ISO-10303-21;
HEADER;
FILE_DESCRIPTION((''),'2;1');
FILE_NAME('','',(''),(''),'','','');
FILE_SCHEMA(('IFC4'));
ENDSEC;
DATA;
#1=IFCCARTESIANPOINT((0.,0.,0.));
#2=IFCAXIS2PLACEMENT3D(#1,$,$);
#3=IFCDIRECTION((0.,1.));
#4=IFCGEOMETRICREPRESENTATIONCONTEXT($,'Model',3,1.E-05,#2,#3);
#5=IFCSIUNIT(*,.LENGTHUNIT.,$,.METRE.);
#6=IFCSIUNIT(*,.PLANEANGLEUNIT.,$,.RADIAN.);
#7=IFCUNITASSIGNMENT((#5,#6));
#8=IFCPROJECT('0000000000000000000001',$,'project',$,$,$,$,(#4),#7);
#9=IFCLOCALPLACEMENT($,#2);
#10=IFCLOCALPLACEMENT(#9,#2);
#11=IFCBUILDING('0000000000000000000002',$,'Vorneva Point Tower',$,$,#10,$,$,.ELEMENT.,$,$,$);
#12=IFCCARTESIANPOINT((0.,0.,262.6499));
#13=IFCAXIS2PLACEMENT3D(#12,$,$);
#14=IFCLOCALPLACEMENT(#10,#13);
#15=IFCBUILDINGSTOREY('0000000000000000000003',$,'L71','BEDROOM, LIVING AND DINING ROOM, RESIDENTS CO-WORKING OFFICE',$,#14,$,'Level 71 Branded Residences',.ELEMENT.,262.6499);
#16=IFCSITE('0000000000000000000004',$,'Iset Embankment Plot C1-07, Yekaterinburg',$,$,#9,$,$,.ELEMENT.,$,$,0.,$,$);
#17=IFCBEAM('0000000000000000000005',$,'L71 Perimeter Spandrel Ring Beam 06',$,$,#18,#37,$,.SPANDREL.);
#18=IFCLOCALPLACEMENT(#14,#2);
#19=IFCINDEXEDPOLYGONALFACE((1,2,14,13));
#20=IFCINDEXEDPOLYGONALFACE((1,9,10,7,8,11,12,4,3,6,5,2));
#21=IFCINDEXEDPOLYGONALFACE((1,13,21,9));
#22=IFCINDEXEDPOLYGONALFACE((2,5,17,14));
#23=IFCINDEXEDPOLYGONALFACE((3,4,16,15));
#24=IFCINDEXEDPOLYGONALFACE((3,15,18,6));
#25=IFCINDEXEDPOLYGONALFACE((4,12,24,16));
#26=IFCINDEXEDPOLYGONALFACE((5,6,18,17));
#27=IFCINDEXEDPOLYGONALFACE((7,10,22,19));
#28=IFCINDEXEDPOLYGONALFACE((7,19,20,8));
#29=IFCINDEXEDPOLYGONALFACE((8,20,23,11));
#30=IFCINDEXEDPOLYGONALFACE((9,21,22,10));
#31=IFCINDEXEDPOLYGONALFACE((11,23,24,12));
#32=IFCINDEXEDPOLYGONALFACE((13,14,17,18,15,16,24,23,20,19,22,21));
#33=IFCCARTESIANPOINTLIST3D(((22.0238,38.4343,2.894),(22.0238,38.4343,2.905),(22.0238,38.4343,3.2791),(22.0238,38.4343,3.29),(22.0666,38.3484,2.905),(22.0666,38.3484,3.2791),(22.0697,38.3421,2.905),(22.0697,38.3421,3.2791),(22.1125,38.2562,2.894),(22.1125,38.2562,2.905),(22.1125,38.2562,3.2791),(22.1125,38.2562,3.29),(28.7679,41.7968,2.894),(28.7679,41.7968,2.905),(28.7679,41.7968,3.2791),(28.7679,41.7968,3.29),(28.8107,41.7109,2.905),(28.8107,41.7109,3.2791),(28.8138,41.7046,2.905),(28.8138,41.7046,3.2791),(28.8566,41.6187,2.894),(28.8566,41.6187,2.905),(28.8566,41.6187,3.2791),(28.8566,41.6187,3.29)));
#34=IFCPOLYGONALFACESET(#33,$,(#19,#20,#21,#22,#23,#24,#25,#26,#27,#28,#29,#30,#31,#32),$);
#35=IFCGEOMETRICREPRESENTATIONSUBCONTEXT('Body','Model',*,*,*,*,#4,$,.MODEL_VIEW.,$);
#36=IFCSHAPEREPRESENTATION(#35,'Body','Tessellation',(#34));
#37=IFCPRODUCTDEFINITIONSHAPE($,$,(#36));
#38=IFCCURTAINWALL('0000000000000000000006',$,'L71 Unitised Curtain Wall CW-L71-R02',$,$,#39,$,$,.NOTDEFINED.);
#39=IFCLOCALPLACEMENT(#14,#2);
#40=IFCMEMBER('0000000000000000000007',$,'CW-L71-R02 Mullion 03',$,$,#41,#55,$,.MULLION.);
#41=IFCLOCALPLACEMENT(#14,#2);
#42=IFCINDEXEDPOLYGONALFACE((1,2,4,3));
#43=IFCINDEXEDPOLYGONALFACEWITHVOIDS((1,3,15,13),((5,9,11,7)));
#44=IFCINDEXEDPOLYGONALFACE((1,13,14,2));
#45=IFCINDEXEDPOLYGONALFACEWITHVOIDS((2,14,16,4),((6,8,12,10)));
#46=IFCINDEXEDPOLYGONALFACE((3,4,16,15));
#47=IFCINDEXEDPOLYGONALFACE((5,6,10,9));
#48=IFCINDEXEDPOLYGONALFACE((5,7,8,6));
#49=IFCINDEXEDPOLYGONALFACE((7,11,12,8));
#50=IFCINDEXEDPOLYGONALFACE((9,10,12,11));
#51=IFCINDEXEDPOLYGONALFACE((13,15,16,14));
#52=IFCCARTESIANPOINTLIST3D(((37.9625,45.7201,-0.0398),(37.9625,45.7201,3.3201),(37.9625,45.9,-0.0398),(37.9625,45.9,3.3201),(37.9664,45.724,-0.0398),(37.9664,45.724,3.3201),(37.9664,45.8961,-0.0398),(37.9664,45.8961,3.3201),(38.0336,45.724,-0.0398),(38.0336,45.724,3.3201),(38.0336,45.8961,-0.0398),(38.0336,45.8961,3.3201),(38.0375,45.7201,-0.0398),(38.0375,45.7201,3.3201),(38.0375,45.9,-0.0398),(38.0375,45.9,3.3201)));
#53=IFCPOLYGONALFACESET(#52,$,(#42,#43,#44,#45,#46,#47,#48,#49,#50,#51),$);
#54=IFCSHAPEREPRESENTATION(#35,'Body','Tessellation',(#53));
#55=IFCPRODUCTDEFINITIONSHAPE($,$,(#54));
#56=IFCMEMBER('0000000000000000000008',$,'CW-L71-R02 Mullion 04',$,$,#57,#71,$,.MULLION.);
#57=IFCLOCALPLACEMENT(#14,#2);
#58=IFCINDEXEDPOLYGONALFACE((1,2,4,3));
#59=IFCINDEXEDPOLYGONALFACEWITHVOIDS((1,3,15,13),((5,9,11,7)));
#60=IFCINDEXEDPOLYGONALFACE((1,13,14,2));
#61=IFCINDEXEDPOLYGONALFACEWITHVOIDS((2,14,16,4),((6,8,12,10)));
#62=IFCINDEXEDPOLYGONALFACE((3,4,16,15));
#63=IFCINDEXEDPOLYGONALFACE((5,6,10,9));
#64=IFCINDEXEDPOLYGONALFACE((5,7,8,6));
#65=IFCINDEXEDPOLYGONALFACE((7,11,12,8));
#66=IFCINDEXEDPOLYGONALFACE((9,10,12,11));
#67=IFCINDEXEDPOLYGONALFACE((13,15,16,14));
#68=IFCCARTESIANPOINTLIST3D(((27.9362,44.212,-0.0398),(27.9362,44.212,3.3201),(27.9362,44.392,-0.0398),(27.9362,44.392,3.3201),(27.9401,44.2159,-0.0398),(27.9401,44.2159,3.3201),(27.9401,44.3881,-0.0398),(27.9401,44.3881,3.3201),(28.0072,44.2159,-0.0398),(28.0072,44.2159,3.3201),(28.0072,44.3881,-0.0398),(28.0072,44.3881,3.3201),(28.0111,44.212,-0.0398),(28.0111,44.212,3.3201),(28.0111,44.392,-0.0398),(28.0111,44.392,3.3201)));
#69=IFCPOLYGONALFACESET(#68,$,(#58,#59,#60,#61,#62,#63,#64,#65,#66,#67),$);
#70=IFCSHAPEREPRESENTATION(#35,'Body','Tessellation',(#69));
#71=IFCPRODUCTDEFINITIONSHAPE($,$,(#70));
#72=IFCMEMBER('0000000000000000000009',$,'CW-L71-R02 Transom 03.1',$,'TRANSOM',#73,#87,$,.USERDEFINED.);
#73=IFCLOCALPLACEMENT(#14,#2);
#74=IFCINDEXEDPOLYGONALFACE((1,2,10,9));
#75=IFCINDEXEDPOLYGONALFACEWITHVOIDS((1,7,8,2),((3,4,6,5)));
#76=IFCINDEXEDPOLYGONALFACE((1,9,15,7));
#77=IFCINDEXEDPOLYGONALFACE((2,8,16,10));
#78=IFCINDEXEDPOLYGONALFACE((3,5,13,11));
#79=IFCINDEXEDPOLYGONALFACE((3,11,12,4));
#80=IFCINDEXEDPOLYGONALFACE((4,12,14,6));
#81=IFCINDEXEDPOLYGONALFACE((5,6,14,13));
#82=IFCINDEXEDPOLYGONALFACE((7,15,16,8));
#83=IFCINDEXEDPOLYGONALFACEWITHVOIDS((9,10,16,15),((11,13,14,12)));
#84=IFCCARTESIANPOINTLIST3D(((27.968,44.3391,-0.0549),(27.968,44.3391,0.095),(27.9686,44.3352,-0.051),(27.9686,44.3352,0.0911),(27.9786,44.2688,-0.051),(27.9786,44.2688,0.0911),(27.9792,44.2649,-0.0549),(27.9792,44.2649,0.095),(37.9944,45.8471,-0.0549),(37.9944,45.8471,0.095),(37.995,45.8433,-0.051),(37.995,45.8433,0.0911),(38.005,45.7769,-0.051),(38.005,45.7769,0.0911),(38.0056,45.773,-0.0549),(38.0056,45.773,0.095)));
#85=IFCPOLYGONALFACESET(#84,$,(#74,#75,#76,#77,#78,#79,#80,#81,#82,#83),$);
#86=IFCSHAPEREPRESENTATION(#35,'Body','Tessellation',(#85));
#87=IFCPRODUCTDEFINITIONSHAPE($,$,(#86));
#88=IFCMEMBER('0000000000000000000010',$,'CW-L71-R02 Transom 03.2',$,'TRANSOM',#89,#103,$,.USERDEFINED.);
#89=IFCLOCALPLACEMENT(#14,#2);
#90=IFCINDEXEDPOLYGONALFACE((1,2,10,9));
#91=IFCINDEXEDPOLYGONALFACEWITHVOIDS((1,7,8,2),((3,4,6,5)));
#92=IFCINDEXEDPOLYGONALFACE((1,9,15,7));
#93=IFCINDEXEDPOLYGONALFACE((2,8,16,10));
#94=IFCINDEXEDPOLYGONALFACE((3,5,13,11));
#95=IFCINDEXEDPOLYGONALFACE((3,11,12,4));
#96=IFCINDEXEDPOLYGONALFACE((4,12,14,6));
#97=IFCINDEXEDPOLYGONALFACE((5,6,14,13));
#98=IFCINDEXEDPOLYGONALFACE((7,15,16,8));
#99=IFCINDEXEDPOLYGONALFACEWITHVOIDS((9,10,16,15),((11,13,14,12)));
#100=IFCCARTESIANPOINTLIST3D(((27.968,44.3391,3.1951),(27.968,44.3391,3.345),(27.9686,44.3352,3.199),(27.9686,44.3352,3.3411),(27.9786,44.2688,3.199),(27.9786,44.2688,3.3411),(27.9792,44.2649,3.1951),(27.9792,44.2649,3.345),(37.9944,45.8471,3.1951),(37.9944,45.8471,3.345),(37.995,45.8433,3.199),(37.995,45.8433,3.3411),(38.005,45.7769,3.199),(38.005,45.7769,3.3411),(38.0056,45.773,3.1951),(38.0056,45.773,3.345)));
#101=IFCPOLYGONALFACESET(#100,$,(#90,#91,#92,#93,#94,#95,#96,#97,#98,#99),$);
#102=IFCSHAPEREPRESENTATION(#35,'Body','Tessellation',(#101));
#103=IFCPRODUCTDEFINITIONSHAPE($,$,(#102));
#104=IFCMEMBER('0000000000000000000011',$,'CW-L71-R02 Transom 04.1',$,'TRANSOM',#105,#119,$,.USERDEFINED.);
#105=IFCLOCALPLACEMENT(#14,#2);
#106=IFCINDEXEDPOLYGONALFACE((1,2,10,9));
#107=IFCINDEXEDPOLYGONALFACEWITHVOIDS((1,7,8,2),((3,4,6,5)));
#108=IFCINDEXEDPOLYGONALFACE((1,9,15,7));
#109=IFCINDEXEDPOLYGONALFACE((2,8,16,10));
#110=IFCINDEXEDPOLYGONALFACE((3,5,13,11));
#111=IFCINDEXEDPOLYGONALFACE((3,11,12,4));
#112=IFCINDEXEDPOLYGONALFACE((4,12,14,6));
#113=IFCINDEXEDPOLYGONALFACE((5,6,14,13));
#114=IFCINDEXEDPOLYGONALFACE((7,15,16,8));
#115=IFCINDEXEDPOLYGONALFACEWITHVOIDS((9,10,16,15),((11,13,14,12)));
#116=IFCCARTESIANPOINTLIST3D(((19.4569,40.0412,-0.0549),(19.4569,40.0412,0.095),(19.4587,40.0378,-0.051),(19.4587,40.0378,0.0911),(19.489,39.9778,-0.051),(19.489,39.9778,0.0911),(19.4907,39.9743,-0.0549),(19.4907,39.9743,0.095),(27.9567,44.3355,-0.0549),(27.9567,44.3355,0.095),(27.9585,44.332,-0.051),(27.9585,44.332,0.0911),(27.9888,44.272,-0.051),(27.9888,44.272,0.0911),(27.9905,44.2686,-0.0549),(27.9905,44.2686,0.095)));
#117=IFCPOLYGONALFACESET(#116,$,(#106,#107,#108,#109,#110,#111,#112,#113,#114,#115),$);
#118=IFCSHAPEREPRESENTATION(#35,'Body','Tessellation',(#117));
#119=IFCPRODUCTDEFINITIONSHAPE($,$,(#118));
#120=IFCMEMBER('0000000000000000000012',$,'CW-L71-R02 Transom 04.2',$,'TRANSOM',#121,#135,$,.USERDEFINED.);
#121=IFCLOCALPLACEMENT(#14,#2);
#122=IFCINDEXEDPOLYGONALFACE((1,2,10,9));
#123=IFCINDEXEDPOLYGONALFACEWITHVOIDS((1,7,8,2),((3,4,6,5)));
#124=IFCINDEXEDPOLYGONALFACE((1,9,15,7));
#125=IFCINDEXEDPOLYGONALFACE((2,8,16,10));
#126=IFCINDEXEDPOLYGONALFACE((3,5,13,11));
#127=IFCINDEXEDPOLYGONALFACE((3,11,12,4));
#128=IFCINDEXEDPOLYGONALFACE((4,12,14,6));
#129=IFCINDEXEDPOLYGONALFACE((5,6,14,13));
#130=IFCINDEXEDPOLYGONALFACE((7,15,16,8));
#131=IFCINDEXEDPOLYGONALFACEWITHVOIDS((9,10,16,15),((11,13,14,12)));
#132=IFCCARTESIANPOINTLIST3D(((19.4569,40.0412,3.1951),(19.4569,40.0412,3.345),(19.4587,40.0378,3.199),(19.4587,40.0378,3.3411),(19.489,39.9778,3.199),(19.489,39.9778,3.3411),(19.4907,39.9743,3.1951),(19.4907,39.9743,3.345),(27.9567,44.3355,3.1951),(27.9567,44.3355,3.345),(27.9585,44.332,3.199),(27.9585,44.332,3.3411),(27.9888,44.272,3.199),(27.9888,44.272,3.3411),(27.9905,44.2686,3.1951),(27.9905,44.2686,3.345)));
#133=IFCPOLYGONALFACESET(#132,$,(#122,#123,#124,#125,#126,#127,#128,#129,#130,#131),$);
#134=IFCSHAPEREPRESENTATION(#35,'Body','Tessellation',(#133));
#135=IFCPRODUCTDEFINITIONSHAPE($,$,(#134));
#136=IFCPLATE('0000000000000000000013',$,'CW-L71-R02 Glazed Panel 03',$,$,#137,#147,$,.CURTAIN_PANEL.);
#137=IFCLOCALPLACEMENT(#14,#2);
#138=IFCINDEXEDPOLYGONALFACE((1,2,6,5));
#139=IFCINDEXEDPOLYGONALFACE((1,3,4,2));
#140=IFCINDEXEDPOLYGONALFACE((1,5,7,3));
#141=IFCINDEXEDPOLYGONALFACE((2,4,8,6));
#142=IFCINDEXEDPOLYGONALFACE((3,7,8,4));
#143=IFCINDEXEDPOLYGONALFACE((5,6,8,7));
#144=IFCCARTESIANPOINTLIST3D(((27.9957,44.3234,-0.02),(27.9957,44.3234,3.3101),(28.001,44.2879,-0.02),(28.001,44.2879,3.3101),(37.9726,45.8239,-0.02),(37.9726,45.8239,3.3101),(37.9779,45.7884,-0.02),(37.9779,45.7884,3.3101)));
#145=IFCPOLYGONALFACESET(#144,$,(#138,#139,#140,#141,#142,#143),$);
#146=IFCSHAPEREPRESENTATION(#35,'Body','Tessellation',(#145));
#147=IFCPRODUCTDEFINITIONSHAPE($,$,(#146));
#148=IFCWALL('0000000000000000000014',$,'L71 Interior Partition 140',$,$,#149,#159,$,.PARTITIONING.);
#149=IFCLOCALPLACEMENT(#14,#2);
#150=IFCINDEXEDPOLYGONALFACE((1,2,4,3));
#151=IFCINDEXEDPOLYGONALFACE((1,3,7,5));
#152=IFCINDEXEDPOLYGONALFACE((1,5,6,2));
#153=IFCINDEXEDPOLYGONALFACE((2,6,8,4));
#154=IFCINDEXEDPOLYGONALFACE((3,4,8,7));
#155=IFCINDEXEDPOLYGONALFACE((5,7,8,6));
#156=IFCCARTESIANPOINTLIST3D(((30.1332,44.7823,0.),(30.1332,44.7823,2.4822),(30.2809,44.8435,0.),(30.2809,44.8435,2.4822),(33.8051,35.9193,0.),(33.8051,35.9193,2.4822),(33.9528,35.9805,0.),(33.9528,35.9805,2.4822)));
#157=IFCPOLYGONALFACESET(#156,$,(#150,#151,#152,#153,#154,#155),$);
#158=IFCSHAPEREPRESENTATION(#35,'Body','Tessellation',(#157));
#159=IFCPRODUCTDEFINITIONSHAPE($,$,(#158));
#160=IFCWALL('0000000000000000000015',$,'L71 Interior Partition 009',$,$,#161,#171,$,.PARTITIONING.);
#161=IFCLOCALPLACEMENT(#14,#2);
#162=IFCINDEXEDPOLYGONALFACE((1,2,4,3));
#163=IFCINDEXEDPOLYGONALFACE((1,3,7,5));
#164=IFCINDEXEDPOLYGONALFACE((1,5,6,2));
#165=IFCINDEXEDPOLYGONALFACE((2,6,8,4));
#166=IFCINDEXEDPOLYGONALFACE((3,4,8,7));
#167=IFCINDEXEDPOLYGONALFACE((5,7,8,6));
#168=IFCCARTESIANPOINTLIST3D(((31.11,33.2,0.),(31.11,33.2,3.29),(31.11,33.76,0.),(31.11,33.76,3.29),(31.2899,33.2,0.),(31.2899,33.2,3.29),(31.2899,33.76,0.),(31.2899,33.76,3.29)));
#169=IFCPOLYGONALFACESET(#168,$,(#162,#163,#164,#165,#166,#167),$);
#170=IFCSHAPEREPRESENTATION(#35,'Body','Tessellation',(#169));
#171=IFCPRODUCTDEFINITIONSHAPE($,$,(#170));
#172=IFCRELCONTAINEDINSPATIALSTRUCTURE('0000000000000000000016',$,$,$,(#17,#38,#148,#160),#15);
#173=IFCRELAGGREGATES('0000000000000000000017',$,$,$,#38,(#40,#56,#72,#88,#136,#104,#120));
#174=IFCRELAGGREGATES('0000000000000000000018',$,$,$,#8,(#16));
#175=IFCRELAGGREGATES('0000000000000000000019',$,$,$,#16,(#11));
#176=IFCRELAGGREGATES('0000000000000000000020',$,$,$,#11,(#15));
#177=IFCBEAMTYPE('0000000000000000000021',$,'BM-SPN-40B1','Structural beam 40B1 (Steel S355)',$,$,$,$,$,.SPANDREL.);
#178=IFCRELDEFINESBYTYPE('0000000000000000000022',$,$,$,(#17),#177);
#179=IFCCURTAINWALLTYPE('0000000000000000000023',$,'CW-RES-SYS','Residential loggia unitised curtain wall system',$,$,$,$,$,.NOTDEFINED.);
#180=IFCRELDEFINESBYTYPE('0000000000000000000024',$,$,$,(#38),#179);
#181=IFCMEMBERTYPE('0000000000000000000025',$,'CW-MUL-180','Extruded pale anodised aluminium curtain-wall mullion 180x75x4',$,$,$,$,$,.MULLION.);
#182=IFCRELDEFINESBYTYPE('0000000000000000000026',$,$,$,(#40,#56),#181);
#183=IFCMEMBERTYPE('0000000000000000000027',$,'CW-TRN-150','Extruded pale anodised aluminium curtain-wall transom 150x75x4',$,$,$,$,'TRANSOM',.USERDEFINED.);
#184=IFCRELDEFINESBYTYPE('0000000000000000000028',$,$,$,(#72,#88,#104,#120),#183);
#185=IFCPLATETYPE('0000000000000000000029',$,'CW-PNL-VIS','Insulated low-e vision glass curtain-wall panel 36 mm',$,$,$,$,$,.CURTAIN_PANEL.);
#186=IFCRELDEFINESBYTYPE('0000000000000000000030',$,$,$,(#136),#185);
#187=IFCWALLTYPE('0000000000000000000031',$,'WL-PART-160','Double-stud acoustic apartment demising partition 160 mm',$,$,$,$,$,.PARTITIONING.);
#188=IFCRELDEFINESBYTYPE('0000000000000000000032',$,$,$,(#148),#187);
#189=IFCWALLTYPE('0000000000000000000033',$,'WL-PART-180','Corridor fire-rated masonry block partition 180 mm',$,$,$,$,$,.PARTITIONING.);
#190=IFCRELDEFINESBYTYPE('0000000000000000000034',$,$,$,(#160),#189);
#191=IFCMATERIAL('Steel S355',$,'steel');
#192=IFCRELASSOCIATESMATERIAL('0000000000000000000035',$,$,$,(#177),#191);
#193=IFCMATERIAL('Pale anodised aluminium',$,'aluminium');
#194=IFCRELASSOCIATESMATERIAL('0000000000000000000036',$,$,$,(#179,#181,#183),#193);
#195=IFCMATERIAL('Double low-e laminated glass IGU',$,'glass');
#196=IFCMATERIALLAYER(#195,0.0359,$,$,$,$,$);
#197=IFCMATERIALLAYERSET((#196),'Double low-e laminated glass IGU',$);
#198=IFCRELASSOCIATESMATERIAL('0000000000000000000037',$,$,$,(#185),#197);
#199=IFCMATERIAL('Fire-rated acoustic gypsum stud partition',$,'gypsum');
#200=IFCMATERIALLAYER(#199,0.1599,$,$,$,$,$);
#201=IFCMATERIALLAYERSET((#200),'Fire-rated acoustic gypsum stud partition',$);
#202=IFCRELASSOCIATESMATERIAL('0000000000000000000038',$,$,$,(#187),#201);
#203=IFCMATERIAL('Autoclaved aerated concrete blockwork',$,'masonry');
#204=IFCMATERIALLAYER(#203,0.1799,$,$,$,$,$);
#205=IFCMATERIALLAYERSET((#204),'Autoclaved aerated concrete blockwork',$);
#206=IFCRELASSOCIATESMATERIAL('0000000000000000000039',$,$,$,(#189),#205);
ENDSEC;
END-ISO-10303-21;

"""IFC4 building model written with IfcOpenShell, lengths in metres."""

from ifc_helpers import new_model, si_unit, direction, frame, frame_2d, origin, origin_2d, place, context, subcontext, project, spatial, rectangle, hollow_rectangle, i_section, extrude, material, layer, layer_set, material_profile, profile_set, type_object, element, aggregate, save


model = new_model("IFC4")

# Units and contexts
model_context = context("Model", 3, precision=1e-05, world=origin(), true_north=direction((0.0, 1.0)))
body_context = subcontext(model_context, "Body", "Model", "MODEL_VIEW")
ifc_project = project(units=[si_unit("LENGTHUNIT", "METRE"), si_unit("PLANEANGLEUNIT", "RADIAN")], contexts=[model_context])

# Site, building, storey
site_placement = place(None, origin())
site = spatial("IfcSite", under=ifc_project, at=site_placement, Name="Iset Embankment Plot C1-07, Yekaterinburg", CompositionType="ELEMENT", RefElevation=0.0)
building_placement = place(site_placement, origin())
building = spatial("IfcBuilding", under=site, at=building_placement, Name="Vorneva Point Tower", CompositionType="ELEMENT")
storey_placement = place(building_placement, frame((0.0, 0.0, 262.6499)))
storey = spatial("IfcBuildingStorey", under=building, at=storey_placement, Name="L71", Description="BEDROOM, LIVING AND DINING ROOM, RESIDENTS CO-WORKING OFFICE", LongName="Level 71 Branded Residences", CompositionType="ELEMENT", Elevation=262.6499)

# Beam
ifc_material_1 = material(Name="Steel S355", Category="steel")
ifc_material_profile_1 = material_profile(ifc_material_1, i_section(OverallWidth=0.199, OverallDepth=0.396, WebThickness=0.0071, FlangeThickness=0.011, at=origin_2d()), Name="40B1")
ifc_profile_set_1 = profile_set([ifc_material_profile_1], Name="Steel S355")
beam_type_1 = type_object("IfcBeamType", Name="BM-SPN-40B1", Description="Structural beam 40B1 (Steel S355)", PredefinedType="SPANDREL", material=ifc_profile_set_1)
beam_1_placement = place(storey_placement, frame((28.8123, 41.7078, 3.092), z_axis=(-0.894932, -0.446203, 0.0), x_axis=(0.446203, -0.894932, 0.0)))
element("IfcBeam", 1, at=beam_1_placement, inside=storey, type_object=beam_type_1, Name="L71 Perimeter Spandrel Ring Beam 06", PredefinedType="SPANDREL", context=body_context, shape_type="SweptSolid", body=[
    extrude(i_section(OverallWidth=0.199, OverallDepth=0.396, WebThickness=0.0071, FlangeThickness=0.011, at=origin_2d()), origin(), (0.0, 0.0, 1.0), 7.5359),
])

# Curtain wall, members, plate
ifc_material_2 = material(Name="Pale anodised aluminium", Category="aluminium")
curtain_wall_type = type_object("IfcCurtainWallType", Name="CW-RES-SYS", Description="Residential loggia unitised curtain wall system", PredefinedType="NOTDEFINED", material=ifc_material_2)
curtain_wall_placement = place(storey_placement, origin())
curtain_wall = element("IfcCurtainWall", 2, at=curtain_wall_placement, inside=storey, type_object=curtain_wall_type, Name="L71 Unitised Curtain Wall CW-L71-R02", PredefinedType="NOTDEFINED")
ifc_material_profile_2 = material_profile(ifc_material_2, hollow_rectangle(XDim=0.075, YDim=0.1799, WallThickness=0.0039, at=origin_2d()), Name="AL-MUL 180x75x4")
ifc_profile_set_2 = profile_set([ifc_material_profile_2], Name="Pale anodised aluminium")
member_type_1 = type_object("IfcMemberType", Name="CW-MUL-180", Description="Extruded pale anodised aluminium curtain-wall mullion 180x75x4", PredefinedType="MULLION", material=ifc_profile_set_2)
member_1_placement = place(storey_placement, frame((38.0, 45.8101, -0.0398), z_axis=(0.0, 0.0, 1.0), x_axis=(1.0, 0.0, 0.0)))
member_1 = element("IfcMember", 3, at=member_1_placement, type_object=member_type_1, Name="CW-L71-R02 Mullion 03", PredefinedType="MULLION", context=body_context, shape_type="SweptSolid", body=[
    extrude(hollow_rectangle(XDim=0.075, YDim=0.1799, WallThickness=0.0039, at=origin_2d()), origin(), (0.0, 0.0, 1.0), 3.3599),
])
member_2_placement = place(storey_placement, frame((27.9736, 44.302, -0.0398), z_axis=(0.0, 0.0, 1.0), x_axis=(1.0, 0.0, 0.0)))
member_2 = element("IfcMember", 4, at=member_2_placement, type_object=member_type_1, Name="CW-L71-R02 Mullion 04", PredefinedType="MULLION", context=body_context, shape_type="SweptSolid", body=[
    extrude(hollow_rectangle(XDim=0.075, YDim=0.1799, WallThickness=0.0039, at=origin_2d()), origin(), (0.0, 0.0, 1.0), 3.3599),
])
ifc_material_profile_3 = material_profile(ifc_material_2, hollow_rectangle(XDim=0.075, YDim=0.1499, WallThickness=0.0039, at=origin_2d()), Name="AL-TRN 150x75x4")
ifc_profile_set_3 = profile_set([ifc_material_profile_3], Name="Pale anodised aluminium")
member_type_2 = type_object("IfcMemberType", Name="CW-TRN-150", Description="Extruded pale anodised aluminium curtain-wall transom 150x75x4", ElementType="TRANSOM", PredefinedType="USERDEFINED", material=ifc_profile_set_3)
member_3_placement = place(storey_placement, frame((38.0, 45.8101, 0.02), z_axis=(-0.988877, -0.148736, 0.0), x_axis=(0.148736, -0.988877, 0.0)))
member_3 = element("IfcMember", 5, at=member_3_placement, type_object=member_type_2, Name="CW-L71-R02 Transom 03.1", ObjectType="TRANSOM", PredefinedType="USERDEFINED", context=body_context, shape_type="SweptSolid", body=[
    extrude(hollow_rectangle(XDim=0.075, YDim=0.1499, WallThickness=0.0039, at=origin_2d()), origin(), (0.0, 0.0, 1.0), 10.1392),
])
member_4_placement = place(storey_placement, frame((38.0, 45.8101, 3.27), z_axis=(-0.988877, -0.148736, 0.0), x_axis=(0.148736, -0.988877, 0.0)))
member_4 = element("IfcMember", 6, at=member_4_placement, type_object=member_type_2, Name="CW-L71-R02 Transom 03.2", ObjectType="TRANSOM", PredefinedType="USERDEFINED", context=body_context, shape_type="SweptSolid", body=[
    extrude(hollow_rectangle(XDim=0.075, YDim=0.1499, WallThickness=0.0039, at=origin_2d()), origin(), (0.0, 0.0, 1.0), 10.1392),
])
member_5_placement = place(storey_placement, frame((27.9736, 44.302, 0.02), z_axis=(-0.892558, -0.450932, 0.0), x_axis=(0.450932, -0.892558, 0.0)))
member_5 = element("IfcMember", 7, at=member_5_placement, type_object=member_type_2, Name="CW-L71-R02 Transom 04.1", ObjectType="TRANSOM", PredefinedType="USERDEFINED", context=body_context, shape_type="SweptSolid", body=[
    extrude(hollow_rectangle(XDim=0.075, YDim=0.1499, WallThickness=0.0039, at=origin_2d()), origin(), (0.0, 0.0, 1.0), 9.5229),
])
member_6_placement = place(storey_placement, frame((27.9736, 44.302, 3.27), z_axis=(-0.892558, -0.450932, 0.0), x_axis=(0.450932, -0.892558, 0.0)))
member_6 = element("IfcMember", 8, at=member_6_placement, type_object=member_type_2, Name="CW-L71-R02 Transom 04.2", ObjectType="TRANSOM", PredefinedType="USERDEFINED", context=body_context, shape_type="SweptSolid", body=[
    extrude(hollow_rectangle(XDim=0.075, YDim=0.1499, WallThickness=0.0039, at=origin_2d()), origin(), (0.0, 0.0, 1.0), 9.5229),
])
ifc_material_3 = material(Name="Double low-e laminated glass IGU", Category="glass")
ifc_layer_1 = layer(ifc_material_3, 0.0359)
ifc_layer_set_1 = layer_set([ifc_layer_1], Name="Double low-e laminated glass IGU")
plate_type = type_object("IfcPlateType", Name="CW-PNL-VIS", Description="Insulated low-e vision glass curtain-wall panel 36 mm", PredefinedType="CURTAIN_PANEL", material=ifc_layer_set_1)
plate_placement = place(storey_placement, frame((32.9868, 45.0559, -0.02), z_axis=(0.0, 0.0, 1.0), x_axis=(-0.988879, -0.148724, 0.0)))
plate = element("IfcPlate", 9, at=plate_placement, type_object=plate_type, Name="CW-L71-R02 Glazed Panel 03", PredefinedType="CURTAIN_PANEL", context=body_context, shape_type="SweptSolid", body=[
    extrude(rectangle(XDim=10.0891, YDim=0.0359, at=origin_2d()), origin(), (0.0, 0.0, 1.0), 3.3301),
])
aggregate(curtain_wall, [member_1, member_2, member_3, member_4, plate, member_5, member_6])

# Wall
ifc_material_4 = material(Name="Fire-rated acoustic gypsum stud partition", Category="gypsum")
ifc_layer_2 = layer(ifc_material_4, 0.1599)
ifc_layer_set_2 = layer_set([ifc_layer_2], Name="Fire-rated acoustic gypsum stud partition")
wall_type_1 = type_object("IfcWallType", Name="WL-PART-160", Description="Double-stud acoustic apartment demising partition 160 mm", PredefinedType="PARTITIONING", material=ifc_layer_set_2)
wall_1_placement = place(storey_placement, frame((30.207, 44.813, 0.0), z_axis=(0.0, 0.0, 1.0), x_axis=(0.382744, -0.923854, 0.0)))
element("IfcWall", 10, at=wall_1_placement, inside=storey, type_object=wall_type_1, Name="L71 Interior Partition 140", PredefinedType="PARTITIONING", context=body_context, shape_type="SweptSolid", body=[
    extrude(rectangle(XDim=9.5935, YDim=0.1599, at=frame_2d((4.7969, 0.0))), origin(), (0.0, 0.0, 1.0), 2.4822),
])

# Shared definitions
ifc_material_5 = material(Name="Autoclaved aerated concrete blockwork", Category="masonry")
ifc_layer_3 = layer(ifc_material_5, 0.1799)
ifc_layer_set_3 = layer_set([ifc_layer_3], Name="Autoclaved aerated concrete blockwork")
wall_type_2 = type_object("IfcWallType", Name="WL-PART-180", Description="Corridor fire-rated masonry block partition 180 mm", PredefinedType="PARTITIONING", material=ifc_layer_set_3)

# Wall
wall_2_placement = place(storey_placement, frame((31.2, 33.76, 0.0), z_axis=(0.0, 0.0, 1.0), x_axis=(0.0, -1.0, 0.0)))
element("IfcWall", 11, at=wall_2_placement, inside=storey, type_object=wall_type_2, Name="L71 Interior Partition 009", PredefinedType="PARTITIONING", context=body_context, shape_type="SweptSolid", body=[
    extrude(rectangle(XDim=0.5601, YDim=0.1799, at=frame_2d((0.28, 0.0))), origin(), (0.0, 0.0, 1.0), 3.29),
])

save(model, "model.ifc")
